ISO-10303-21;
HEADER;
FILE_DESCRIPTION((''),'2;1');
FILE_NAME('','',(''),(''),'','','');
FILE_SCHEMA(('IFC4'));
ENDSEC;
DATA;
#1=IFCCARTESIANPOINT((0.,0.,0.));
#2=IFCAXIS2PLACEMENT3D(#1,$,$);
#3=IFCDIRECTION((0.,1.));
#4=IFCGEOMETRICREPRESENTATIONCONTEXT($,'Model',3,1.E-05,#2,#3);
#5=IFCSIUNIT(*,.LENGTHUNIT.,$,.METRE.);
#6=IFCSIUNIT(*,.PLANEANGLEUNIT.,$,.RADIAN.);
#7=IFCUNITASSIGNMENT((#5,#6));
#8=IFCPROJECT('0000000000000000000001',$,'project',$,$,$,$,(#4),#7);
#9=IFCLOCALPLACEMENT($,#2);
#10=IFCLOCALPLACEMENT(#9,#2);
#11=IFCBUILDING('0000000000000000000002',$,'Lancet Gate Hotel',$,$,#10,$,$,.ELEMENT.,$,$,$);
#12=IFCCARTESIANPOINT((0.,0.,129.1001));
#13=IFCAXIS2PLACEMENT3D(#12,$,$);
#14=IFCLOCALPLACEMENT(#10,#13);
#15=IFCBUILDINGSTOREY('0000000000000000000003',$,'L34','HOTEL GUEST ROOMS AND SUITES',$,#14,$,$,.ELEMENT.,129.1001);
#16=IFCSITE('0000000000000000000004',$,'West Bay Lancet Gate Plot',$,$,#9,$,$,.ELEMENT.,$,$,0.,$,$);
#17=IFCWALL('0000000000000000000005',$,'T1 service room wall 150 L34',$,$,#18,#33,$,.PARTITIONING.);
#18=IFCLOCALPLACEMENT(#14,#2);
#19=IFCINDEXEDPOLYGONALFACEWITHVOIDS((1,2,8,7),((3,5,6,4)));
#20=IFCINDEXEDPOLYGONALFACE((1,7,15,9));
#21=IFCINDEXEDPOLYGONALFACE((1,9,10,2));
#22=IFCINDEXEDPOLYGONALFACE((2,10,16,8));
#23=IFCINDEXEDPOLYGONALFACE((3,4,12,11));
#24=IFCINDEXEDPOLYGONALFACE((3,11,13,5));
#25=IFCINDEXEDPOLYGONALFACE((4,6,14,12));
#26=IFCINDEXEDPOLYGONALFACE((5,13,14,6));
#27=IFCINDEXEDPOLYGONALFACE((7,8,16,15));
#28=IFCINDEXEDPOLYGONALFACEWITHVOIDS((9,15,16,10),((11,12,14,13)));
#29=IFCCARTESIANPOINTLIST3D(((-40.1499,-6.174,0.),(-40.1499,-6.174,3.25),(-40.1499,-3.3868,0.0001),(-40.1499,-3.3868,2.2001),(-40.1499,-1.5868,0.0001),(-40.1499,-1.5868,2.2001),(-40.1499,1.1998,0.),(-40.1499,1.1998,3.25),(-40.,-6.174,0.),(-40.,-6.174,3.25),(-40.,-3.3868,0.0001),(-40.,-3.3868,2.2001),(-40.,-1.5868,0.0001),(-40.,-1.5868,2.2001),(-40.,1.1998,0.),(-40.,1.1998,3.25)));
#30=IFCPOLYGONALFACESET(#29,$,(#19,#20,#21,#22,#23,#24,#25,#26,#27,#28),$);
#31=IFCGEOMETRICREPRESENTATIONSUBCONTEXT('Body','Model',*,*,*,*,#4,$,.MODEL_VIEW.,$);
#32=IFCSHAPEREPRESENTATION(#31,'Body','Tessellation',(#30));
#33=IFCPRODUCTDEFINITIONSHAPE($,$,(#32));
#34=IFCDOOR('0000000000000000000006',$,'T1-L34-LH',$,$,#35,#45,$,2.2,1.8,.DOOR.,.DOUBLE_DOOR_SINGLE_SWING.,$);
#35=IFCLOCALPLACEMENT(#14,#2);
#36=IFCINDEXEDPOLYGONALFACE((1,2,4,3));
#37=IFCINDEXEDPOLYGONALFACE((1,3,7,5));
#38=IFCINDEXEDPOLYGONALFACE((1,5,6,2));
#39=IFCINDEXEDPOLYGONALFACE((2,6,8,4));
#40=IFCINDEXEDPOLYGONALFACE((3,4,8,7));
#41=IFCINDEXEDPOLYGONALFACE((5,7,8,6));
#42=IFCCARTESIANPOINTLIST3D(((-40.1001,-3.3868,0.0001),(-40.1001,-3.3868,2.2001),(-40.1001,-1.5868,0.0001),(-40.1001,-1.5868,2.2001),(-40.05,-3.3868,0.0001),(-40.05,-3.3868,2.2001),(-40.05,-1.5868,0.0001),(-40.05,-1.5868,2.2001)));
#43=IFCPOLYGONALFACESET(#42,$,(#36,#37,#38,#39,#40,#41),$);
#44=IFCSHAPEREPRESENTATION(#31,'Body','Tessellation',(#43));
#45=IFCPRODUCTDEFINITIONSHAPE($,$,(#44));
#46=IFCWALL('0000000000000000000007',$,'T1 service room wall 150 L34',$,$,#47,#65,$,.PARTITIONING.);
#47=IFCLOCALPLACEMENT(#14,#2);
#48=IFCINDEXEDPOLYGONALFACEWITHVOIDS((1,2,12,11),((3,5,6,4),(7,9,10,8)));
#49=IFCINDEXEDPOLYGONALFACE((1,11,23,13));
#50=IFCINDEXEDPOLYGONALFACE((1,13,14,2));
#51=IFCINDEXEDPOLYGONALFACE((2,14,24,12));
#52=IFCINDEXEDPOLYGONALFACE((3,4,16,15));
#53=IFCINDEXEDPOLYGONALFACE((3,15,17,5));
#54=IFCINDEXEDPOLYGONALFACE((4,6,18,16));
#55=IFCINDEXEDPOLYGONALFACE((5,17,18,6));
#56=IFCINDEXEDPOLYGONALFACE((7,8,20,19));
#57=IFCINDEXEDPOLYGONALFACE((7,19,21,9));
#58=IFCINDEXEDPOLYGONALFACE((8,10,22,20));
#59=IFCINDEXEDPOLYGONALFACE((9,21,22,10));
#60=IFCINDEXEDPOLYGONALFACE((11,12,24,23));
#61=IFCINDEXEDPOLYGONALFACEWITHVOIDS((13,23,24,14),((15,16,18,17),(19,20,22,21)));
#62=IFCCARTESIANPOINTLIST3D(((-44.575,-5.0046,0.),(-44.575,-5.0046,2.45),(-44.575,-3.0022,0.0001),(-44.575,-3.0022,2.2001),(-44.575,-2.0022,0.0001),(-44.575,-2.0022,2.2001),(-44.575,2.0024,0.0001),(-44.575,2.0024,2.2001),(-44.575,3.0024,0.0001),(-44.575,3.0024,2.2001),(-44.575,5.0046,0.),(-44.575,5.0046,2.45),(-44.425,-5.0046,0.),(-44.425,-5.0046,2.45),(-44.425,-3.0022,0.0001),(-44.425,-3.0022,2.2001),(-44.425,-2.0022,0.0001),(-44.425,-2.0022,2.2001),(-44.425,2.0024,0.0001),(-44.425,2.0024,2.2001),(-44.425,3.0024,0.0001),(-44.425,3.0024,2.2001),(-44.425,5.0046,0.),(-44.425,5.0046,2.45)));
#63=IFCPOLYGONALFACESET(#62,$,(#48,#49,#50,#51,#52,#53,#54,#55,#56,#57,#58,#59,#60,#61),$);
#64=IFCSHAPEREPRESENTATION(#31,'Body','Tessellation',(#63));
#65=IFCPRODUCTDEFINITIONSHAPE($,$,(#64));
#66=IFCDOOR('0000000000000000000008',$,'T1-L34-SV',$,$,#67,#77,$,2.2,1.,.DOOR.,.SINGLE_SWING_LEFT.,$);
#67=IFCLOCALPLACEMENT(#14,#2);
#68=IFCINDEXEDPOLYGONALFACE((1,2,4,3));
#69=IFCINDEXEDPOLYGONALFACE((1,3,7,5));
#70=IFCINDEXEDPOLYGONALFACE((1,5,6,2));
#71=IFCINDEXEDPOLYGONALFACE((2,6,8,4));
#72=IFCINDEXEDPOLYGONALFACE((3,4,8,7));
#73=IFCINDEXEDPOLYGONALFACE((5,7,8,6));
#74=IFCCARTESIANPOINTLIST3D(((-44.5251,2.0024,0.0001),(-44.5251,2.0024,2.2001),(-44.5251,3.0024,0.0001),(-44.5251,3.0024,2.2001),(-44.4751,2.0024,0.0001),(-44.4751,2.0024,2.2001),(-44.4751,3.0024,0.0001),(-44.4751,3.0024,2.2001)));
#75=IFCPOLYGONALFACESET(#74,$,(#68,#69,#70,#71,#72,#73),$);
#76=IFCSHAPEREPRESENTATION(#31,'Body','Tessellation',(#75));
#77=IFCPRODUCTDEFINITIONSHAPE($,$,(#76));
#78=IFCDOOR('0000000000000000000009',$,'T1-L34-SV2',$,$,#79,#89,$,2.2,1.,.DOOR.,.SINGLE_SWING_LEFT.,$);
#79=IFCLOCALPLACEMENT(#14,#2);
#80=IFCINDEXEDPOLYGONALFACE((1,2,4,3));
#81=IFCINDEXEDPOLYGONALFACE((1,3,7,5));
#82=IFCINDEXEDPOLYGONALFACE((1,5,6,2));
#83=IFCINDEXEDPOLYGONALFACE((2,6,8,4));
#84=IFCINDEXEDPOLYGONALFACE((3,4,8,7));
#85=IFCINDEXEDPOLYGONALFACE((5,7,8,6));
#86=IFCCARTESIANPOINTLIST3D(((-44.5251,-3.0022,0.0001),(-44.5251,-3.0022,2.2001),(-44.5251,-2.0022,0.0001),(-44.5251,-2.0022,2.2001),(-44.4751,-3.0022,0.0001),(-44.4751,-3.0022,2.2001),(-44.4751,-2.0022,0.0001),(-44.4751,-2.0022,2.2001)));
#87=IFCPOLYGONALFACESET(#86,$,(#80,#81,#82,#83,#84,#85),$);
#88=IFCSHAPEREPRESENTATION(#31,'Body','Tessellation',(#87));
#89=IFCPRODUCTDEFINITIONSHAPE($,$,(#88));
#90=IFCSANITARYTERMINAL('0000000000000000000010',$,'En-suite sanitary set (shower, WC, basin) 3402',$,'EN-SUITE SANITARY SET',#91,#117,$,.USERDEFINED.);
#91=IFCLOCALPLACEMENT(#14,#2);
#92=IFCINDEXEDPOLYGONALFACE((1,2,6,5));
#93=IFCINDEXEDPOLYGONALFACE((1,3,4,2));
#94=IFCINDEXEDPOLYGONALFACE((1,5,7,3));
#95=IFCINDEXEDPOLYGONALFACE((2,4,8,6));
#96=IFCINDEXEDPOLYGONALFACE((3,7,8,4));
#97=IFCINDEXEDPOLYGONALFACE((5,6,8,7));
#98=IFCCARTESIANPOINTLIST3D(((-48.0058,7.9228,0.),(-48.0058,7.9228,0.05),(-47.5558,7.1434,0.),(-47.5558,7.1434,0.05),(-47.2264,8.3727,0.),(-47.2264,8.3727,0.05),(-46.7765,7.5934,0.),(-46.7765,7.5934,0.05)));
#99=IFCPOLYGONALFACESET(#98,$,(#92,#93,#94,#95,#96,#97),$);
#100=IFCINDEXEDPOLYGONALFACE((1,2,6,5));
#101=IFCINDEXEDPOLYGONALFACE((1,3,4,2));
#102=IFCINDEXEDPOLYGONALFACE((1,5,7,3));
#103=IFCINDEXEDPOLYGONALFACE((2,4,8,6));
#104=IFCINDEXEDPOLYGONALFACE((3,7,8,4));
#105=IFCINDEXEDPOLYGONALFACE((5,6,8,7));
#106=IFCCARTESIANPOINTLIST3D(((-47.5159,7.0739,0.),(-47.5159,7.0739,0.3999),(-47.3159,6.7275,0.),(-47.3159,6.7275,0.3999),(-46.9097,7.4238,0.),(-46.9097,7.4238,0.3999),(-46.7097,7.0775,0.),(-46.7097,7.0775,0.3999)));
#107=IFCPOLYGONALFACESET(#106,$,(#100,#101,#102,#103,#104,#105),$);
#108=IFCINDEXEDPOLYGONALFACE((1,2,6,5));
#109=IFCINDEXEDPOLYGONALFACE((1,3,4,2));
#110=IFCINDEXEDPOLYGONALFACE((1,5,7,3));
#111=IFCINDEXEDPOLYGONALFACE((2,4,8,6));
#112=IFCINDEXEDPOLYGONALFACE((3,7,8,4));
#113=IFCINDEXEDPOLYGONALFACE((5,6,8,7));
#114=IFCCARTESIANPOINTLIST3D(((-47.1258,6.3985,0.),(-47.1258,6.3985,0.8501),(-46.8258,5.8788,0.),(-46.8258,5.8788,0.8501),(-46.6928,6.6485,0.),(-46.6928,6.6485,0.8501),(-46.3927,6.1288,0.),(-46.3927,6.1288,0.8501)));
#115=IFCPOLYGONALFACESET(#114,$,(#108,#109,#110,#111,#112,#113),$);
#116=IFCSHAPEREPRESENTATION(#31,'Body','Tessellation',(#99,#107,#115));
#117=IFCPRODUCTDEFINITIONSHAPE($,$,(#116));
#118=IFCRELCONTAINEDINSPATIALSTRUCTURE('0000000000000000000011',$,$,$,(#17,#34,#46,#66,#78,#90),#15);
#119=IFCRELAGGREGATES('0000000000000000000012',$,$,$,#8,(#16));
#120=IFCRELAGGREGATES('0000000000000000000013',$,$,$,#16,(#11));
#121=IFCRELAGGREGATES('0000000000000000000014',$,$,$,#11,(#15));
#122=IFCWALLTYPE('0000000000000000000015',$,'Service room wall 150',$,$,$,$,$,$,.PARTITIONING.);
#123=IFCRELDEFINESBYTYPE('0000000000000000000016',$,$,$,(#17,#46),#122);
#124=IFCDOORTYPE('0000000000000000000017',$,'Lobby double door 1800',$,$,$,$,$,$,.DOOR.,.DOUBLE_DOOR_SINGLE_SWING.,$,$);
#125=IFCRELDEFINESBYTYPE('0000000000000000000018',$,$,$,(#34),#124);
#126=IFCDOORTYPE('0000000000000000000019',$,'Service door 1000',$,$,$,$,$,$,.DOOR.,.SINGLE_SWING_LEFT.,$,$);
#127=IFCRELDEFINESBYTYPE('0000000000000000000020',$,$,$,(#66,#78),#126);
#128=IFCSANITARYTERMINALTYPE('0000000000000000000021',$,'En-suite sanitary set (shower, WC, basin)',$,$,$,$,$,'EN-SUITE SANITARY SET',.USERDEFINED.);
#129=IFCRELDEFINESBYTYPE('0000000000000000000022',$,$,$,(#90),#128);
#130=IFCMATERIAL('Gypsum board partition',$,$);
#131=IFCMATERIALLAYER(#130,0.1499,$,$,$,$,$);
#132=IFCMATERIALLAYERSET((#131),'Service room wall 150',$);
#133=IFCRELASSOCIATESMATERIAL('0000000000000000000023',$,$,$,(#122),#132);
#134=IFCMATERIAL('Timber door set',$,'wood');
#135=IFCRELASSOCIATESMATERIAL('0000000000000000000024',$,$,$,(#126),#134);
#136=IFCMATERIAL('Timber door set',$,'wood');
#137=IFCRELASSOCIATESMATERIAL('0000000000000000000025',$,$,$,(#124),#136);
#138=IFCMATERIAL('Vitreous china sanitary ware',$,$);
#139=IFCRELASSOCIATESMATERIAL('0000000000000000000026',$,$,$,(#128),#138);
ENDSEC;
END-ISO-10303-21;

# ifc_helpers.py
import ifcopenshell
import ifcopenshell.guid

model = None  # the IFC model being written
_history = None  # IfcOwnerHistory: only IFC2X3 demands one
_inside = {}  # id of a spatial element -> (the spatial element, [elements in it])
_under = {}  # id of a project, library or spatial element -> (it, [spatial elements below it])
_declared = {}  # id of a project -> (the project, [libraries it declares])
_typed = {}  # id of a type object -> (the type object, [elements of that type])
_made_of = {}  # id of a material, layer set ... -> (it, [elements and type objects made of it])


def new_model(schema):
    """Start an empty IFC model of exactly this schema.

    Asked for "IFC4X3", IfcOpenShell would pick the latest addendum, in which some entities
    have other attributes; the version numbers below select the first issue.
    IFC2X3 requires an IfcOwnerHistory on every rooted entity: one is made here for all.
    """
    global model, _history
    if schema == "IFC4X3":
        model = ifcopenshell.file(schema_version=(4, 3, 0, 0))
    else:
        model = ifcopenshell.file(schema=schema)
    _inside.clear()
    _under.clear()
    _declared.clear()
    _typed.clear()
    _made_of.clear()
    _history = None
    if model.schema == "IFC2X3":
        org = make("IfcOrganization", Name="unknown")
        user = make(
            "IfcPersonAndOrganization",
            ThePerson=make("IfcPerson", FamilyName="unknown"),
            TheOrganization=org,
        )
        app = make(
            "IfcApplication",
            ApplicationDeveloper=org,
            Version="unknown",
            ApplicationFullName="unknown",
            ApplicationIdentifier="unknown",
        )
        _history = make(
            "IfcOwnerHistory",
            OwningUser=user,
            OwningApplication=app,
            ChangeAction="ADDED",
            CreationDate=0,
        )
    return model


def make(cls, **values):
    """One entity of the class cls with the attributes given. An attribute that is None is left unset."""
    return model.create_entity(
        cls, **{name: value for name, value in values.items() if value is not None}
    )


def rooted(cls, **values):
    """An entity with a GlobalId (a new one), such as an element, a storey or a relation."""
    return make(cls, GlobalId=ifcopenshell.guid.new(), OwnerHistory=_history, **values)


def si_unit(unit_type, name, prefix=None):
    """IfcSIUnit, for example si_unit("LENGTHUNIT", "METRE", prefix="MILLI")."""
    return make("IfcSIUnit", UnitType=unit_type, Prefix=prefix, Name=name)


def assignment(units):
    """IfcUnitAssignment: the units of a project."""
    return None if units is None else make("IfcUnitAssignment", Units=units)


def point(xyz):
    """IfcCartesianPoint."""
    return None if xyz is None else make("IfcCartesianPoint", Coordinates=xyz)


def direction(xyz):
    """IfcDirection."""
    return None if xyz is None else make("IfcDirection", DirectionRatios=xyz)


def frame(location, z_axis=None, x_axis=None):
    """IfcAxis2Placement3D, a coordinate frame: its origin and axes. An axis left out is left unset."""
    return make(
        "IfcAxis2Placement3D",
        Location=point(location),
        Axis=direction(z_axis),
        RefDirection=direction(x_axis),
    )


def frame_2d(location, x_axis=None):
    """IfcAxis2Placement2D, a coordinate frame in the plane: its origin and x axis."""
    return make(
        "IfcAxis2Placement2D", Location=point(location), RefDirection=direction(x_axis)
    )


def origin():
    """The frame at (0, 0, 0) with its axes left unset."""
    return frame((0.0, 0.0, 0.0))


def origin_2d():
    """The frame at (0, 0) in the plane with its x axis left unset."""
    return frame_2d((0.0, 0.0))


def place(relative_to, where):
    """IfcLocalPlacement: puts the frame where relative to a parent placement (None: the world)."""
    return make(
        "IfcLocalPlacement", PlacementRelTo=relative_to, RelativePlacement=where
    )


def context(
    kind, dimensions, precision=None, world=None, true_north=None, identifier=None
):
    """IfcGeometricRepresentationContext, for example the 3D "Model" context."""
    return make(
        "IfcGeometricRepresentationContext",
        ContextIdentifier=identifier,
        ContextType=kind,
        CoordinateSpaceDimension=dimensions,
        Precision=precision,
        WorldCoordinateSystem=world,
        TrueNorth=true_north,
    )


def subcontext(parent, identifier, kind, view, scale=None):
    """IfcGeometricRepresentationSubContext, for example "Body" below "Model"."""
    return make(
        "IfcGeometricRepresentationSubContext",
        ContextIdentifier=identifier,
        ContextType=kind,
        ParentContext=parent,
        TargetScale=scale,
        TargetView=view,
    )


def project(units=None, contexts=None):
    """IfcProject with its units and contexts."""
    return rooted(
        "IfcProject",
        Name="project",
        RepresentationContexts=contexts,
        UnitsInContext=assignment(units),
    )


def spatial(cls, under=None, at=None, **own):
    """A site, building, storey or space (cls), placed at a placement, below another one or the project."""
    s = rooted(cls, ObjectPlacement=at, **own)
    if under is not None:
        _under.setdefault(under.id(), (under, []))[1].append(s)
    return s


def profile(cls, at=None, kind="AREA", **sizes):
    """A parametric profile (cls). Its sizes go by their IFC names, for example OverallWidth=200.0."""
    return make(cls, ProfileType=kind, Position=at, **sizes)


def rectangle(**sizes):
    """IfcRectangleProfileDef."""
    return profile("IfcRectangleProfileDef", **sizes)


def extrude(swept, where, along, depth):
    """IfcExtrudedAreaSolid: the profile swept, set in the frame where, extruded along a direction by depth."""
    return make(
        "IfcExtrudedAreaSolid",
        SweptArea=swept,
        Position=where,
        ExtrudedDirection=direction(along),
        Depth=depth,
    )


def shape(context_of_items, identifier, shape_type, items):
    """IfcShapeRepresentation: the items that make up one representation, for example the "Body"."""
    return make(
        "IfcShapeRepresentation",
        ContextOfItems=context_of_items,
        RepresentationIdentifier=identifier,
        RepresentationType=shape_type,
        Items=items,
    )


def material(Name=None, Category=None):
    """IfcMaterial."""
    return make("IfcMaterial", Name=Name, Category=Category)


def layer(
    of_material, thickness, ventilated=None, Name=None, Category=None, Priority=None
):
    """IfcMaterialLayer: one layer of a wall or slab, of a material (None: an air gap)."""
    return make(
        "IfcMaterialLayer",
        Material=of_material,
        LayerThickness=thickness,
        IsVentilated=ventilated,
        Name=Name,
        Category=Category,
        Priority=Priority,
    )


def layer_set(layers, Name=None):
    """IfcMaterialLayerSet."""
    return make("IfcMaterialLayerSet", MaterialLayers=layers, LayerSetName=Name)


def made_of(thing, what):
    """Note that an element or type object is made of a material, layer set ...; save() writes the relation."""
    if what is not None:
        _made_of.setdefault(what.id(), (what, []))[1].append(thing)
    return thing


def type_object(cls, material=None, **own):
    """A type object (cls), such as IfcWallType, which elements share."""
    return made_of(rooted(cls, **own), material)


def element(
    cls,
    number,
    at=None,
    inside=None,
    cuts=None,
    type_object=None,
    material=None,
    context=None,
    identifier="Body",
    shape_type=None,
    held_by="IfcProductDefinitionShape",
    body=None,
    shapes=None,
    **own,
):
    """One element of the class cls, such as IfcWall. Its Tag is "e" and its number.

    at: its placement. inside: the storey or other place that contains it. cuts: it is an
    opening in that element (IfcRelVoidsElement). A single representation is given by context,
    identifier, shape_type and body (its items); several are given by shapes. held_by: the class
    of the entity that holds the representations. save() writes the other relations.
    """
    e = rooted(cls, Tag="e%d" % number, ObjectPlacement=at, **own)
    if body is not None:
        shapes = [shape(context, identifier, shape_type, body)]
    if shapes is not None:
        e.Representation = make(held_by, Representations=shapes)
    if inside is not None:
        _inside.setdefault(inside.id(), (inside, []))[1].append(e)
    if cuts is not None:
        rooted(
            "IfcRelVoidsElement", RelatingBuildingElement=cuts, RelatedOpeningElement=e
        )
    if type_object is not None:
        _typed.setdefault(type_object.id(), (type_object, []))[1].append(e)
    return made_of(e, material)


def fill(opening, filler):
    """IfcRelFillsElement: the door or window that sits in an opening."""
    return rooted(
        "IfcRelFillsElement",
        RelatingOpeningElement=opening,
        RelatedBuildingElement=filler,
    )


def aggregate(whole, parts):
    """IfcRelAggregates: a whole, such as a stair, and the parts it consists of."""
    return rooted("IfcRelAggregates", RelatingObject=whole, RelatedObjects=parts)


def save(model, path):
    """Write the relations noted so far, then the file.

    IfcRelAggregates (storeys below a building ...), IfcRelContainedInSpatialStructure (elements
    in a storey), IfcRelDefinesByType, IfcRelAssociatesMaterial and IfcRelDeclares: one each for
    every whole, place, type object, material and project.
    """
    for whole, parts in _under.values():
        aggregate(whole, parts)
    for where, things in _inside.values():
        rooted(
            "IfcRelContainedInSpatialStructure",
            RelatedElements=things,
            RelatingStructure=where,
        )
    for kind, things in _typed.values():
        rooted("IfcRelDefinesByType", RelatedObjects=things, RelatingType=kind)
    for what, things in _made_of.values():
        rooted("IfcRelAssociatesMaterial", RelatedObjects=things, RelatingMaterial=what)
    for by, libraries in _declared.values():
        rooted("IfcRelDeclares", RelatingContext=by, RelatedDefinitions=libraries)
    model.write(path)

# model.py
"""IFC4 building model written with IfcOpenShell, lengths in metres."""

from ifc_helpers import new_model, si_unit, direction, frame, frame_2d, origin, origin_2d, place, context, subcontext, project, spatial, rectangle, extrude, material, layer, layer_set, type_object, element, fill, save


model = new_model("IFC4")

# Units and contexts
model_context = context("Model", 3, precision=1e-05, world=origin(), true_north=direction((0.0, 1.0)))
body_context = subcontext(model_context, "Body", "Model", "MODEL_VIEW")
ifc_project = project(units=[si_unit("LENGTHUNIT", "METRE"), si_unit("PLANEANGLEUNIT", "RADIAN")], contexts=[model_context])

# Site, building, storey
site_placement = place(None, origin())
site = spatial("IfcSite", under=ifc_project, at=site_placement, Name="West Bay Lancet Gate Plot", CompositionType="ELEMENT", RefElevation=0.0)
building_placement = place(site_placement, origin())
building = spatial("IfcBuilding", under=site, at=building_placement, Name="Lancet Gate Hotel", CompositionType="ELEMENT")
storey_placement = place(building_placement, frame((0.0, 0.0, 129.1001)))
storey = spatial("IfcBuildingStorey", under=building, at=storey_placement, Name="L34", Description="HOTEL GUEST ROOMS AND SUITES", CompositionType="ELEMENT", Elevation=129.1001)

# Wall, opening, door
ifc_material_1 = material(Name="Gypsum board partition")
ifc_layer_1 = layer(ifc_material_1, 0.1499)
ifc_layer_set_1 = layer_set([ifc_layer_1], Name="Service room wall 150")
wall_type_1 = type_object("IfcWallType", Name="Service room wall 150", PredefinedType="PARTITIONING", material=ifc_layer_set_1)
ifc_material_2 = material(Name="Timber door set", Category="wood")
door_type_1 = type_object("IfcDoorType", Name="Service door 1000", OperationType="SINGLE_SWING_LEFT", PredefinedType="DOOR", material=ifc_material_2)
wall_1_placement = place(storey_placement, frame((-40.075, 1.2, 0.0), z_axis=(0.0, 0.0, 1.0), x_axis=(0.0, -1.0, 0.0)))
wall_1 = element("IfcWall", 1, at=wall_1_placement, inside=storey, type_object=wall_type_1, Name="T1 service room wall 150 L34", PredefinedType="PARTITIONING", context=body_context, shape_type="SweptSolid", body=[
    extrude(rectangle(XDim=7.3738, YDim=0.1499, at=frame_2d((3.687, 0.0))), origin(), (0.0, 0.0, 1.0), 3.25),
])
opening_1_placement = place(wall_1_placement, frame((2.7869, 0.0, 0.0)))
opening_1 = element("IfcOpeningElement", 2, at=opening_1_placement, cuts=wall_1, PredefinedType="OPENING", context=body_context, shape_type="SweptSolid", body=[
    extrude(rectangle(XDim=1.8, YDim=2.2, at=frame_2d((0.8999, 1.1001))), frame((0.0, 0.085, 0.0), z_axis=(0.0, -1.0, 0.0), x_axis=(1.0, 0.0, 0.0)), (0.0, 0.0, 1.0), 0.1699),
])
ifc_material_3 = material(Name="Timber door set", Category="wood")
door_type_2 = type_object("IfcDoorType", Name="Lobby double door 1800", OperationType="DOUBLE_DOOR_SINGLE_SWING", PredefinedType="DOOR", material=ifc_material_3)
door_1_placement = place(opening_1_placement, origin())
door_1 = element("IfcDoor", 3, at=door_1_placement, inside=storey, type_object=door_type_2, Name="T1-L34-LH", OperationType="DOUBLE_DOOR_SINGLE_SWING", OverallHeight=2.2, OverallWidth=1.8, PredefinedType="DOOR", context=body_context, shape_type="SweptSolid", body=[
    extrude(rectangle(XDim=1.8, YDim=2.2, at=frame_2d((0.8999, 1.1001))), frame((0.0, 0.0249, 0.0), z_axis=(0.0, -1.0, 0.0), x_axis=(1.0, 0.0, 0.0)), (0.0, 0.0, 1.0), 0.05),
])
fill(opening_1, door_1)

# Wall, openings, doors
wall_2_placement = place(storey_placement, frame((-44.5, 5.0046, 0.0), z_axis=(0.0, 0.0, 1.0), x_axis=(0.0, -1.0, 0.0)))
wall_2 = element("IfcWall", 4, at=wall_2_placement, inside=storey, type_object=wall_type_1, Name="T1 service room wall 150 L34", PredefinedType="PARTITIONING", context=body_context, shape_type="SweptSolid", body=[
    extrude(rectangle(XDim=10.0093, YDim=0.1499, at=frame_2d((5.0046, 0.0))), origin(), (0.0, 0.0, 1.0), 2.45),
])
opening_2_placement = place(wall_2_placement, frame((2.0022, 0.0, 0.0)))
opening_2 = element("IfcOpeningElement", 5, at=opening_2_placement, cuts=wall_2, PredefinedType="OPENING", context=body_context, shape_type="SweptSolid", body=[
    extrude(rectangle(XDim=1.0, YDim=2.2, at=frame_2d((0.5, 1.1001))), frame((0.0, 0.085, 0.0), z_axis=(0.0, -1.0, 0.0), x_axis=(1.0, 0.0, 0.0)), (0.0, 0.0, 1.0), 0.1699),
])
opening_3_placement = place(wall_2_placement, frame((7.0068, 0.0, 0.0)))
opening_3 = element("IfcOpeningElement", 6, at=opening_3_placement, cuts=wall_2, PredefinedType="OPENING", context=body_context, shape_type="SweptSolid", body=[
    extrude(rectangle(XDim=1.0, YDim=2.2, at=frame_2d((0.5, 1.1001))), frame((0.0, 0.085, 0.0), z_axis=(0.0, -1.0, 0.0), x_axis=(1.0, 0.0, 0.0)), (0.0, 0.0, 1.0), 0.1699),
])
door_2_placement = place(opening_2_placement, origin())
door_2 = element("IfcDoor", 7, at=door_2_placement, inside=storey, type_object=door_type_1, Name="T1-L34-SV", OperationType="SINGLE_SWING_LEFT", OverallHeight=2.2, OverallWidth=1.0, PredefinedType="DOOR", context=body_context, shape_type="SweptSolid", body=[
    extrude(rectangle(XDim=1.0, YDim=2.2, at=frame_2d((0.5, 1.1001))), frame((0.0, 0.0249, 0.0), z_axis=(0.0, -1.0, 0.0), x_axis=(1.0, 0.0, 0.0)), (0.0, 0.0, 1.0), 0.05),
])
fill(opening_2, door_2)
door_3_placement = place(opening_3_placement, origin())
door_3 = element("IfcDoor", 8, at=door_3_placement, inside=storey, type_object=door_type_1, Name="T1-L34-SV2", OperationType="SINGLE_SWING_LEFT", OverallHeight=2.2, OverallWidth=1.0, PredefinedType="DOOR", context=body_context, shape_type="SweptSolid", body=[
    extrude(rectangle(XDim=1.0, YDim=2.2, at=frame_2d((0.5, 1.1001))), frame((0.0, 0.0249, 0.0), z_axis=(0.0, -1.0, 0.0), x_axis=(1.0, 0.0, 0.0)), (0.0, 0.0, 1.0), 0.05),
])
fill(opening_3, door_3)

# Sanitary terminal
ifc_material_4 = material(Name="Vitreous china sanitary ware")
sanitary_terminal_type = type_object("IfcSanitaryTerminalType", Name="En-suite sanitary set (shower, WC, basin)", ElementType="EN-SUITE SANITARY SET", PredefinedType="USERDEFINED", material=ifc_material_4)
sanitary_terminal_placement = place(storey_placement, frame((-47.3911, 7.7581, 0.0), z_axis=(0.0, 0.0, 1.0), x_axis=(1.0, 0.0, 0.0)))
element("IfcSanitaryTerminal", 9, at=sanitary_terminal_placement, inside=storey, type_object=sanitary_terminal_type, Name="En-suite sanitary set (shower, WC, basin) 3402", ObjectType="EN-SUITE SANITARY SET", PredefinedType="USERDEFINED", context=body_context, shape_type="SweptSolid", body=[
    extrude(rectangle(XDim=0.8999, YDim=0.8999, at=origin_2d()), frame((0.0, 0.0, 0.0), z_axis=(0.0, 0.0, 1.0), x_axis=(-0.5, 0.866025, 0.0)), (0.0, 0.0, 1.0), 0.05),
    extrude(rectangle(XDim=0.3999, YDim=0.7, at=origin_2d()), frame((0.2783, -0.6824, 0.0), z_axis=(0.0, 0.0, 1.0), x_axis=(-0.5, 0.866025, 0.0)), (0.0, 0.0, 1.0), 0.3999),
    extrude(rectangle(XDim=0.6001, YDim=0.5, at=origin_2d()), frame((0.6318, -1.4944, 0.0), z_axis=(0.0, 0.0, 1.0), x_axis=(-0.5, 0.866025, 0.0)), (0.0, 0.0, 1.0), 0.8501),
])

save(model, "model.ifc")
